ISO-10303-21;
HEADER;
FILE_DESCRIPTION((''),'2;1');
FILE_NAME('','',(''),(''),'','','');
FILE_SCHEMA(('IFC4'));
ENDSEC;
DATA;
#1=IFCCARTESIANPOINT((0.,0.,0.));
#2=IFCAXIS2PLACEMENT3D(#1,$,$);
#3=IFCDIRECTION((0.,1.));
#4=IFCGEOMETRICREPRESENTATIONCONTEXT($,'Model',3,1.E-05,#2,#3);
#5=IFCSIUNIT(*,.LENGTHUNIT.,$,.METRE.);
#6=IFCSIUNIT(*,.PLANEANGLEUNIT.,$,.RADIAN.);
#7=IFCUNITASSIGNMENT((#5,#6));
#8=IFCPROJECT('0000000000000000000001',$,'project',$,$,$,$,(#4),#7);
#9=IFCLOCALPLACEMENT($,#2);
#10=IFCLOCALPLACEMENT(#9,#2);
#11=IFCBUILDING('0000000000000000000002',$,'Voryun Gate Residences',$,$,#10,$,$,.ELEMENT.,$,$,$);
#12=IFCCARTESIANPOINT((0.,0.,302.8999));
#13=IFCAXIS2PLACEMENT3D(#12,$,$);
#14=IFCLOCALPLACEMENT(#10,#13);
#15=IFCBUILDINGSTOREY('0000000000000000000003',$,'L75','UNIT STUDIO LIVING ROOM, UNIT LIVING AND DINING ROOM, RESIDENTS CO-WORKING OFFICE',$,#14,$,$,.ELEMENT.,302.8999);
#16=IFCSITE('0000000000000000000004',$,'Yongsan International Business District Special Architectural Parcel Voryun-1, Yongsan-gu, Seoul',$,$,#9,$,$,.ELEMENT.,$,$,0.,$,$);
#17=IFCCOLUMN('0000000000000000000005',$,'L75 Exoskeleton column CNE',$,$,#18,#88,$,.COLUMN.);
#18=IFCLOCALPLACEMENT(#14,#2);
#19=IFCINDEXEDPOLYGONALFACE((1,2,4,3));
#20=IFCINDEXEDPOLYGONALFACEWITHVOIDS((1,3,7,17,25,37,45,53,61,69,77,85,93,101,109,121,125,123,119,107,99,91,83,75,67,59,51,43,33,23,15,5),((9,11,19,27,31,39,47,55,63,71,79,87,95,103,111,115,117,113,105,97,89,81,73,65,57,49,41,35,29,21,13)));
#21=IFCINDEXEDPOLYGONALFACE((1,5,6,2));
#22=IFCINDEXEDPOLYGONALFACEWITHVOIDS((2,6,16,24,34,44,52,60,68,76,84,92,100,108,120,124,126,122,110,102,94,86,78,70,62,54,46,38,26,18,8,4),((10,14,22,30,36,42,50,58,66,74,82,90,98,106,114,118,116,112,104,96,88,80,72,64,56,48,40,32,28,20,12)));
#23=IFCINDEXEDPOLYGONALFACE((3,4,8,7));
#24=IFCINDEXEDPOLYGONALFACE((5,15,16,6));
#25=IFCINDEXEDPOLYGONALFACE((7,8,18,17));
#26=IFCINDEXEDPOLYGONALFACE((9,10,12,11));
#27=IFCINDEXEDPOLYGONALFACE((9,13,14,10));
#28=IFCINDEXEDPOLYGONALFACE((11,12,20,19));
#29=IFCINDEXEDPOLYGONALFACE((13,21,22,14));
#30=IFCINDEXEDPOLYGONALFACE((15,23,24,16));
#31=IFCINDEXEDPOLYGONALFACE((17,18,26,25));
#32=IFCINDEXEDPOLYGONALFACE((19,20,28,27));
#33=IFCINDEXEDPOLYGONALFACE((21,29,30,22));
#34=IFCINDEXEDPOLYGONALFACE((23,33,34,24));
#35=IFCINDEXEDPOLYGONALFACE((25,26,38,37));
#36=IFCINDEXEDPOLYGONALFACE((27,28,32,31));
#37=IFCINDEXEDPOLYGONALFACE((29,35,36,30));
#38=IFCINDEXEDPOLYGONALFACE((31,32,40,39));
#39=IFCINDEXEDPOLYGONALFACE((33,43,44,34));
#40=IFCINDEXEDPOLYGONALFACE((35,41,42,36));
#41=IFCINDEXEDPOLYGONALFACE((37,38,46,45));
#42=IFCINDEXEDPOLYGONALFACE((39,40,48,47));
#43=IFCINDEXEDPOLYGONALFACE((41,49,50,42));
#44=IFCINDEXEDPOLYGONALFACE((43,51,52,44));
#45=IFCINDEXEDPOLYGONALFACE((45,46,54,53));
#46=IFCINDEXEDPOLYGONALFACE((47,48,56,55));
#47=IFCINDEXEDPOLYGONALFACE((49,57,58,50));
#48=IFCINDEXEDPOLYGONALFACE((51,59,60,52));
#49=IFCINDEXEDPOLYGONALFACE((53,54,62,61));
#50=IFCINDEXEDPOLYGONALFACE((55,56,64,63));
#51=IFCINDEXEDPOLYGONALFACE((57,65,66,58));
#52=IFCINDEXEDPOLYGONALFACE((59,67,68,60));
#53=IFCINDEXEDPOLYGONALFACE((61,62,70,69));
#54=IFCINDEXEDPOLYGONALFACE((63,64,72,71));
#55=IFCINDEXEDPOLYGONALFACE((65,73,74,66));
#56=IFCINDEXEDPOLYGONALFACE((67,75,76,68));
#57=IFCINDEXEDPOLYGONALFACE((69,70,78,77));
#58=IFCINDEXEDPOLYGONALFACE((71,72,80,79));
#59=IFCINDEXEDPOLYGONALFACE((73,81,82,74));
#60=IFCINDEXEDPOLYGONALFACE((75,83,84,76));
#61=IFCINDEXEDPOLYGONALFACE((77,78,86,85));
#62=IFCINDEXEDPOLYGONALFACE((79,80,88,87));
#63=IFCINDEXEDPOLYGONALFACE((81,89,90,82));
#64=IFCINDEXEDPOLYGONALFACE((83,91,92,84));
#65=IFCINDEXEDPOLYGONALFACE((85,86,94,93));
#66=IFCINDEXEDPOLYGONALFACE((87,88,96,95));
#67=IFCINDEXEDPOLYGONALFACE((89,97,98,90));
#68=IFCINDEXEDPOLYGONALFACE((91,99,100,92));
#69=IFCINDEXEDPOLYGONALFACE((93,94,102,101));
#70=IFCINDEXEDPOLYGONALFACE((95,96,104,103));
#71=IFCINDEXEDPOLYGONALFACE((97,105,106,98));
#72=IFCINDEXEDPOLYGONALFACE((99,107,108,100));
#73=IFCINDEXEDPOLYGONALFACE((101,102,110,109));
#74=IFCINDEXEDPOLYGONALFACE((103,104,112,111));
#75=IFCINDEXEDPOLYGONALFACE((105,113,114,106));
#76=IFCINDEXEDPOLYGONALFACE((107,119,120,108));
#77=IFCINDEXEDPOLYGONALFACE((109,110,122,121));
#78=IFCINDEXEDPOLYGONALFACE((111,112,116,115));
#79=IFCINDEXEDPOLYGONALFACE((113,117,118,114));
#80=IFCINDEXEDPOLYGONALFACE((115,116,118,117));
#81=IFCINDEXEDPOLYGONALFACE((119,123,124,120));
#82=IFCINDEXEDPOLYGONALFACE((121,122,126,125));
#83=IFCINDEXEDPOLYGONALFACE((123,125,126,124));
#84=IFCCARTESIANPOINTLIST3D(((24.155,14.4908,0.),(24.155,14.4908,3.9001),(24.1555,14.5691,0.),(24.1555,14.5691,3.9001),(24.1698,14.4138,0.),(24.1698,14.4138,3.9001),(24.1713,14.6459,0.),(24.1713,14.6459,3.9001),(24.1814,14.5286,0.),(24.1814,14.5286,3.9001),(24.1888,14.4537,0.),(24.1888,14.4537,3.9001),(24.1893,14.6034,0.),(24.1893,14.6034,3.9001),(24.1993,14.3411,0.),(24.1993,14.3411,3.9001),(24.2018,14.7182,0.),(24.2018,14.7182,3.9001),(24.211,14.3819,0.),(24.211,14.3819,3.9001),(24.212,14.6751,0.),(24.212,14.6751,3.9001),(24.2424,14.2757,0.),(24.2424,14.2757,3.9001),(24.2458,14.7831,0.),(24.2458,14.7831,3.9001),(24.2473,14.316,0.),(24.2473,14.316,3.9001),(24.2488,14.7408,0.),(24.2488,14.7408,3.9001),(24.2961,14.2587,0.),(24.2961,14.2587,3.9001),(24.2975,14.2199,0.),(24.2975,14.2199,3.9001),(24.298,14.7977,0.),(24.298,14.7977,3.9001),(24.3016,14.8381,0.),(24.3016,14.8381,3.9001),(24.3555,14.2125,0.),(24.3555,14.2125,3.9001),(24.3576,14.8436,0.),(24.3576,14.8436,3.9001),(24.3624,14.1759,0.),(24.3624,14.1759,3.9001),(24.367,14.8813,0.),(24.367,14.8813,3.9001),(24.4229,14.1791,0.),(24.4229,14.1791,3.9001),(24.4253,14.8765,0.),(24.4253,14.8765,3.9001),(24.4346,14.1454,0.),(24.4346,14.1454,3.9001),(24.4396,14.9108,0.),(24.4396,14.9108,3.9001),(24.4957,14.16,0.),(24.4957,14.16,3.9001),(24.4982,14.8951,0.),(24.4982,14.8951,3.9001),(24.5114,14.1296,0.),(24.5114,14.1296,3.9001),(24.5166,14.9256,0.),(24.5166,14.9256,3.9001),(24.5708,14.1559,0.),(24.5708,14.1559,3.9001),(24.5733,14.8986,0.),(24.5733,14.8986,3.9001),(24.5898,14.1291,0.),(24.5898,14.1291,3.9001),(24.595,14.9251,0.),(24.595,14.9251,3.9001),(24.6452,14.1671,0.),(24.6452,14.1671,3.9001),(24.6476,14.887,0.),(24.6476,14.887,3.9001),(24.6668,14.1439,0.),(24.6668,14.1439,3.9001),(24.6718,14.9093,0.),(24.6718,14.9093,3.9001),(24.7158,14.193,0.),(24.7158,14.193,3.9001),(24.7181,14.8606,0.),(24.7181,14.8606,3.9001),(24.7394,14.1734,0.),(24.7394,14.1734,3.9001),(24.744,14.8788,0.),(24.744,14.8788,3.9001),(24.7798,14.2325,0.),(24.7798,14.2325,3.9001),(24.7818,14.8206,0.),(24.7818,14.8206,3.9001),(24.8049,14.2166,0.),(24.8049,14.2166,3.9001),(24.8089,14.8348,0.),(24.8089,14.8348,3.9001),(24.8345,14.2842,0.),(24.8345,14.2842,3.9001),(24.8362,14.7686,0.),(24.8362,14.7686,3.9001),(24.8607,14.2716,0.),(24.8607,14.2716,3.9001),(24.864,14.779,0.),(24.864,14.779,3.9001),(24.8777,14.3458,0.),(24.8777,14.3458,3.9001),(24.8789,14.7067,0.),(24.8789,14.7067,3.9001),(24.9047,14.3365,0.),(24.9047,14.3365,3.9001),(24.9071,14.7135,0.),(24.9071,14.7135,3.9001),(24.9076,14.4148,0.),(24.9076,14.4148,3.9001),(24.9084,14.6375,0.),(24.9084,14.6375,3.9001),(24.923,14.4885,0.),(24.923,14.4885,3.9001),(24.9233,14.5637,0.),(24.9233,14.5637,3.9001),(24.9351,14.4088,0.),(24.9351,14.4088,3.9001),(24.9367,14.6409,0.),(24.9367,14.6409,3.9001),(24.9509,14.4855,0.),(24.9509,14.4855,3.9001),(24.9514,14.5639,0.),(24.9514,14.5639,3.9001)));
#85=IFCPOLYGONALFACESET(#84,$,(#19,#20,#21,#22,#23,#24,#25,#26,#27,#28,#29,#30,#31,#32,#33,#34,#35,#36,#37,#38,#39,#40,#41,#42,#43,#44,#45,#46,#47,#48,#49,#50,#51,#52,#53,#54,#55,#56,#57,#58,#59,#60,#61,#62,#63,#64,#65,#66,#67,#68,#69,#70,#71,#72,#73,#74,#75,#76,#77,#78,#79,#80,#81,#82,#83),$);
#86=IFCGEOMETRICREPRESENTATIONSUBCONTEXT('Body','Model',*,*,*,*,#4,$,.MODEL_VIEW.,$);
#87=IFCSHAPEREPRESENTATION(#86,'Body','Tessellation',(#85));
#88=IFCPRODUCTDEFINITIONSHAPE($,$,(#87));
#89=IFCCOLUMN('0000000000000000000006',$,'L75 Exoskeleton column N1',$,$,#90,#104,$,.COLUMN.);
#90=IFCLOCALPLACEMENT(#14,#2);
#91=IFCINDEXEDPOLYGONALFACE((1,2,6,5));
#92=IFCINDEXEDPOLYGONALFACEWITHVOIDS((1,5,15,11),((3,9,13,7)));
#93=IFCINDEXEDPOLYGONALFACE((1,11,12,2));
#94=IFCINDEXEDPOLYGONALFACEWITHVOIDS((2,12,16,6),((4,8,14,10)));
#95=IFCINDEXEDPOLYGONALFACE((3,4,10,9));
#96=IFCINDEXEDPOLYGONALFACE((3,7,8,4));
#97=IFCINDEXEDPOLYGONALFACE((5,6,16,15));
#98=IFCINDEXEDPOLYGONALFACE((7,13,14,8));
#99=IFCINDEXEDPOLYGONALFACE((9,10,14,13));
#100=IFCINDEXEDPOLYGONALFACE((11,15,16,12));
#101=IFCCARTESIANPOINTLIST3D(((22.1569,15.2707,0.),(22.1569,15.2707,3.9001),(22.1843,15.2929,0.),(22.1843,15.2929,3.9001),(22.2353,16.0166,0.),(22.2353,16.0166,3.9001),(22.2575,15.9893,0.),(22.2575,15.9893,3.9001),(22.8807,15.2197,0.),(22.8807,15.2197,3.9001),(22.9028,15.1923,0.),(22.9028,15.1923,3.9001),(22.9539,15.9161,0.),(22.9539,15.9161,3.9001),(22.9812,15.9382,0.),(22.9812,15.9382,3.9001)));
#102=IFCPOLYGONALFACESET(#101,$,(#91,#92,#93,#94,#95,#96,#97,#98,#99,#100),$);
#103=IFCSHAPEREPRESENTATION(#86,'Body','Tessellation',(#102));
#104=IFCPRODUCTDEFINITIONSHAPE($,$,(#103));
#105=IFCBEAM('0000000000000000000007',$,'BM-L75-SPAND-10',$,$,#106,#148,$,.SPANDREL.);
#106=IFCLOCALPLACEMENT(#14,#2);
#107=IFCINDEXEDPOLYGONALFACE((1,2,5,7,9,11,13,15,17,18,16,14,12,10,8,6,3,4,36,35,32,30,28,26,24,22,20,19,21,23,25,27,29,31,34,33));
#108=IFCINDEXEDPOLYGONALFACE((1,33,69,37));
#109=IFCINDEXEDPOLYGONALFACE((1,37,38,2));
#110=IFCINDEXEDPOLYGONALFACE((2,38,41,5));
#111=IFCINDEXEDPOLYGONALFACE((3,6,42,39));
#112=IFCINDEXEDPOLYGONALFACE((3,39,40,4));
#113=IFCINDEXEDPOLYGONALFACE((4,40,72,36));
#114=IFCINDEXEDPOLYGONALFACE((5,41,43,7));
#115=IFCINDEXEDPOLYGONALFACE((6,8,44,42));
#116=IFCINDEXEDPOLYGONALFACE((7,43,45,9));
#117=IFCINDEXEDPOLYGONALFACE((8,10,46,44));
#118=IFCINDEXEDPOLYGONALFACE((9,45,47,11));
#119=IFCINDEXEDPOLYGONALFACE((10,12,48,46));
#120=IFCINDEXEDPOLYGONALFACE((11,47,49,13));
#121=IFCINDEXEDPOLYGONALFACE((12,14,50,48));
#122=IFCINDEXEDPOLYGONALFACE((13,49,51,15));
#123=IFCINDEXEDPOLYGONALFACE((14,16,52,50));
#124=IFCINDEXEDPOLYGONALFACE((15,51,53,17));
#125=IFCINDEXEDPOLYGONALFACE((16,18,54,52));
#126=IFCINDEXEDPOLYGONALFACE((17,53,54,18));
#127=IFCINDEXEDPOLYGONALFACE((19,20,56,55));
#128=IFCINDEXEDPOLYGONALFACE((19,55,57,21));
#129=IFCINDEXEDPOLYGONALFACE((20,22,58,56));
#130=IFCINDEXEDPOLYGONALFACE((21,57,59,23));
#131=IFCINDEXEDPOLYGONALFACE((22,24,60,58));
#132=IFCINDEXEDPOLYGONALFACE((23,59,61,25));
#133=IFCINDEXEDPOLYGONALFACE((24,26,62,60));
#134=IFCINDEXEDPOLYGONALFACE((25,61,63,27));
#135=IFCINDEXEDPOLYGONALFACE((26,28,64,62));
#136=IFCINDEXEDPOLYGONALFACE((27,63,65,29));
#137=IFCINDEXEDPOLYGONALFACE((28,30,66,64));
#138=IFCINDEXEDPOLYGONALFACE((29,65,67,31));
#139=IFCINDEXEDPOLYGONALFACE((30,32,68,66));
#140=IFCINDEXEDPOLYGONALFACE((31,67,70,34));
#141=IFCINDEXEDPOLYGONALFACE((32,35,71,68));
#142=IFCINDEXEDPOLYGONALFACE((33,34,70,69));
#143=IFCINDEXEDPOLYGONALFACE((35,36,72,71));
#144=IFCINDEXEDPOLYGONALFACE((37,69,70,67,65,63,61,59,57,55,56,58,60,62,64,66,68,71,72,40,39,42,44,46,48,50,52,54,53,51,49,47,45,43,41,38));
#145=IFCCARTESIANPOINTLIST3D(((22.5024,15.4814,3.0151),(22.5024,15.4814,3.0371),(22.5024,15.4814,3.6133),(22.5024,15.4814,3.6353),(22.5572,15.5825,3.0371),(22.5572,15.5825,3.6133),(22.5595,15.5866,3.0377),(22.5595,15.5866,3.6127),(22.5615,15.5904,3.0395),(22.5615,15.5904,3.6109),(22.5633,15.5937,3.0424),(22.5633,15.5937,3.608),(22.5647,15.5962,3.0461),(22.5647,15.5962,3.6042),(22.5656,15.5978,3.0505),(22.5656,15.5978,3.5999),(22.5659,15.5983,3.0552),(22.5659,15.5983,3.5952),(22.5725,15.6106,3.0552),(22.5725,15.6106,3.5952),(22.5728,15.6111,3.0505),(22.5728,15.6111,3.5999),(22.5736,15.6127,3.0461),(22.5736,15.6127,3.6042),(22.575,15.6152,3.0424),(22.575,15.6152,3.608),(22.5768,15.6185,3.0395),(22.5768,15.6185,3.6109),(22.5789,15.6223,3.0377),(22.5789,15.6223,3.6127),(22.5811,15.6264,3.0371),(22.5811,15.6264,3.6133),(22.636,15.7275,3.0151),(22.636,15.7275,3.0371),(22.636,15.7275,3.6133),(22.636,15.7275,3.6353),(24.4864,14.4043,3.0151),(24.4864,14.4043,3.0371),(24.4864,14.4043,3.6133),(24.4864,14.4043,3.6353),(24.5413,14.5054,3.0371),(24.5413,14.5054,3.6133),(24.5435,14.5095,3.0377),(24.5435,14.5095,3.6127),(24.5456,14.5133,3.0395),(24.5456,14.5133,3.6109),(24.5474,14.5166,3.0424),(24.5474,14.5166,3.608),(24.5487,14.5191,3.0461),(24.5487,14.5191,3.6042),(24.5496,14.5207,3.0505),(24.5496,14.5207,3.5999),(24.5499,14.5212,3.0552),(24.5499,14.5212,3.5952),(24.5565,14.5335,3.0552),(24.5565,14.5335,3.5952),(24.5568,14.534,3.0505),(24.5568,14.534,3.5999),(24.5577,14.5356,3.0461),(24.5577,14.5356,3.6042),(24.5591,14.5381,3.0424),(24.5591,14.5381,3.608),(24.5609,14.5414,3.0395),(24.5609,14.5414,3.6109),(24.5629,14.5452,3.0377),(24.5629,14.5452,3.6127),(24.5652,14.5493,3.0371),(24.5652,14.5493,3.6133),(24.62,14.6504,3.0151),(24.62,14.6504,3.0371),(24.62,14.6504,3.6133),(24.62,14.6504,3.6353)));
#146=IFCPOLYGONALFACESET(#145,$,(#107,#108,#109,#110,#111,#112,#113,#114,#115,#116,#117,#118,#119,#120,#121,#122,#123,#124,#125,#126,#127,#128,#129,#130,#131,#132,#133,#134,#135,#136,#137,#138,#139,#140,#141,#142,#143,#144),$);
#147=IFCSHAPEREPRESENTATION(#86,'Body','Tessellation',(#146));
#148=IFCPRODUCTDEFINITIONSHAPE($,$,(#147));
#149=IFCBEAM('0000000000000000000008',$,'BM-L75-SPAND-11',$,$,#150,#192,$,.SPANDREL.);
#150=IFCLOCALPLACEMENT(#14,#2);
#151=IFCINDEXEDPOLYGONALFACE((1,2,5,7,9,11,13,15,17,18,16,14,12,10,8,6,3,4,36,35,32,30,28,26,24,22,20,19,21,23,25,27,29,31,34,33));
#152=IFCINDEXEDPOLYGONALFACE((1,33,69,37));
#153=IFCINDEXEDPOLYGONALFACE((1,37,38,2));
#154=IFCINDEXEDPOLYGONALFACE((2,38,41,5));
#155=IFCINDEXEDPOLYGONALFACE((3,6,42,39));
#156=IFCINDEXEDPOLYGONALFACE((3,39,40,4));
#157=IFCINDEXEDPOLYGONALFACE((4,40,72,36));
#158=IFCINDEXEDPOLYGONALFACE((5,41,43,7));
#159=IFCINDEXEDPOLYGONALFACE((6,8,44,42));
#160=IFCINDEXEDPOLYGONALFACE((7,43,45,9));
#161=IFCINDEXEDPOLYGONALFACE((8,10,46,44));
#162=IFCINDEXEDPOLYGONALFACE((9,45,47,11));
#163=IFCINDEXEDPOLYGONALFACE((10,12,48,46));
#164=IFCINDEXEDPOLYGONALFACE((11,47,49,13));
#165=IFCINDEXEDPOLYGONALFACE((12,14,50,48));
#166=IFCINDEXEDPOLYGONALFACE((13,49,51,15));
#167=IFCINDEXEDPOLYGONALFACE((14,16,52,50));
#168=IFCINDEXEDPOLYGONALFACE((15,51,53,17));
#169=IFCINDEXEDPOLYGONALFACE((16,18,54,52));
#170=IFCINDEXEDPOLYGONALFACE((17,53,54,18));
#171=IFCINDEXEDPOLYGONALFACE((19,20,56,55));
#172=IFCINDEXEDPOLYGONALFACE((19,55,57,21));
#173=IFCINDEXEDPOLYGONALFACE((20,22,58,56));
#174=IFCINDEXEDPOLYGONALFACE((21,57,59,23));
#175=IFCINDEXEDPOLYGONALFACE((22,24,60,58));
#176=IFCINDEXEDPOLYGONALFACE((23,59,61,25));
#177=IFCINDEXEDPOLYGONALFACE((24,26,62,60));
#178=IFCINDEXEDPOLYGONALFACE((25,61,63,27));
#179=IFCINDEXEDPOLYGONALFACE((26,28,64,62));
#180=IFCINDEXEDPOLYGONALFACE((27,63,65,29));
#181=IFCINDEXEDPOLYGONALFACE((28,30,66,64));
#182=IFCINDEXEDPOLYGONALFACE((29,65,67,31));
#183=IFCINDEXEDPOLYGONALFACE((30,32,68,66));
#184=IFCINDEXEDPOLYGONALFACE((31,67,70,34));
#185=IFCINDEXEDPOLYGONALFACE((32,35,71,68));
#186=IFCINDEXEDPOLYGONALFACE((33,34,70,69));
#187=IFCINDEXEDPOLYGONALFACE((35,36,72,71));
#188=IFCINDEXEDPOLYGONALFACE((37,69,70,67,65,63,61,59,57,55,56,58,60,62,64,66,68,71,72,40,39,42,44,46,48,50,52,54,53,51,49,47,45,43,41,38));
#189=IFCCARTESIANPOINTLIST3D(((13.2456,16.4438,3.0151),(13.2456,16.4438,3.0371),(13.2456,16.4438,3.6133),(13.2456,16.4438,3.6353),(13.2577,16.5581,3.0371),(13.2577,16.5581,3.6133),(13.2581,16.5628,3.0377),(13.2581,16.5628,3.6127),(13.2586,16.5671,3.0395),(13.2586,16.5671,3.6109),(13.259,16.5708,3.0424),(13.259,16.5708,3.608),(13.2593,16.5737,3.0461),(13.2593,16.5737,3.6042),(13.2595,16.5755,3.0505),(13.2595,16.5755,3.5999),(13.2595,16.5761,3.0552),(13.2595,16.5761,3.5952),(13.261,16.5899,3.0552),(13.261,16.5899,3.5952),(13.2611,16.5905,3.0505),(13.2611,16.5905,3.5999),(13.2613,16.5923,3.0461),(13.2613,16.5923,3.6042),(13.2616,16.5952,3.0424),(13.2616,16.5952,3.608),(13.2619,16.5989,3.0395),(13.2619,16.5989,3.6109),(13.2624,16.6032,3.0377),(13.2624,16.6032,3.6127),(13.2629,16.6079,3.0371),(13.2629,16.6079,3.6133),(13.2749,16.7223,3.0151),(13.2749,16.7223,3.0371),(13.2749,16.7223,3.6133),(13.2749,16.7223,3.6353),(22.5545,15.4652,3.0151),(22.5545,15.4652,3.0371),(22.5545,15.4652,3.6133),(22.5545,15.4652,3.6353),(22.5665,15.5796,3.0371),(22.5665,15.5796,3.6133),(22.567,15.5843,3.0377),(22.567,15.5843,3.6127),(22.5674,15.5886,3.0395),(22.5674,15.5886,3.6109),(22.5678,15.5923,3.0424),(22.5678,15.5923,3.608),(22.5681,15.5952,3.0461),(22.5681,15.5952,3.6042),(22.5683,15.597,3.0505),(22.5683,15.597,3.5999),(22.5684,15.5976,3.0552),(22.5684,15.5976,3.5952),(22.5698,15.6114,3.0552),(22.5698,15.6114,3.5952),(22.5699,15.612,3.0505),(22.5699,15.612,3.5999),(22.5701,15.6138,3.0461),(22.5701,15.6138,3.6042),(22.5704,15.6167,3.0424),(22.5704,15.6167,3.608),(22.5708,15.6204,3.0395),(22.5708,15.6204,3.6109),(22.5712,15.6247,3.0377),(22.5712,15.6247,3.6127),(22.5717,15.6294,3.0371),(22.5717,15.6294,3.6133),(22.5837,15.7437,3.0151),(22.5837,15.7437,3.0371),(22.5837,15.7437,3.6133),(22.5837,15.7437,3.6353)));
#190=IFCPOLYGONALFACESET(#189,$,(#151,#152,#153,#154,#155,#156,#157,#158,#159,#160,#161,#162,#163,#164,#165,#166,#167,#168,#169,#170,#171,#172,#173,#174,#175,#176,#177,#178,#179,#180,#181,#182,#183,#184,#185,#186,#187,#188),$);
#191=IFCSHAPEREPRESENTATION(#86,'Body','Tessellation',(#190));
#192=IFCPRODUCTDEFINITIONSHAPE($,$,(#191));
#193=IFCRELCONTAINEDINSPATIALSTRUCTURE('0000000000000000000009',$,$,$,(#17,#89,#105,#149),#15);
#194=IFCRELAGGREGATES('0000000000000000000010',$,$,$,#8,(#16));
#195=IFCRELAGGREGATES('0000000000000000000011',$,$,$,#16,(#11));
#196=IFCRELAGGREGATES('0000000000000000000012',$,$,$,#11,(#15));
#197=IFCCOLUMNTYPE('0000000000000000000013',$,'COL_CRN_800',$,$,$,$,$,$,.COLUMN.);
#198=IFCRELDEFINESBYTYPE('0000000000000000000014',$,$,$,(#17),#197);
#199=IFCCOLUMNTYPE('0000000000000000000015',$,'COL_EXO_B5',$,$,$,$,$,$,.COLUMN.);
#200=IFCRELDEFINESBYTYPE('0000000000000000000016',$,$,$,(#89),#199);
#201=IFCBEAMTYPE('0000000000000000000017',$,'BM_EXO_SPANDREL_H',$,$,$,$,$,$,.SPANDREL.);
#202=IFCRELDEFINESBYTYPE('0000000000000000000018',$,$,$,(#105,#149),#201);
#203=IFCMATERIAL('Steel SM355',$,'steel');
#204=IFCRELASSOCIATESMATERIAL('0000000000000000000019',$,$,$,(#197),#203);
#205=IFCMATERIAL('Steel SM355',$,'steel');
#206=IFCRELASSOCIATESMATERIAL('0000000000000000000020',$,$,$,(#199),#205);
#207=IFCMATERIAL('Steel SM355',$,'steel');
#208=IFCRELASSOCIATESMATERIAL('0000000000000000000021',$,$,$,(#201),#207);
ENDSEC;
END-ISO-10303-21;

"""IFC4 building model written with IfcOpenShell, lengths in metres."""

from ifc_helpers import new_model, si_unit, direction, frame, origin, origin_2d, place, context, subcontext, project, spatial, hollow_rectangle, hollow_circle, i_section, extrude, material, material_profile, profile_set, type_object, element, save


model = new_model("IFC4")

# Units and contexts
model_context = context("Model", 3, precision=1e-05, world=origin(), true_north=direction((0.0, 1.0)))
body_context = subcontext(model_context, "Body", "Model", "MODEL_VIEW")
ifc_project = project(units=[si_unit("LENGTHUNIT", "METRE"), si_unit("PLANEANGLEUNIT", "RADIAN")], contexts=[model_context])

# Site, building, storey
site_placement = place(None, origin())
site = spatial("IfcSite", under=ifc_project, at=site_placement, Name="Yongsan International Business District Special Architectural Parcel Voryun-1, Yongsan-gu, Seoul", CompositionType="ELEMENT", RefElevation=0.0)
building_placement = place(site_placement, origin())
building = spatial("IfcBuilding", under=site, at=building_placement, Name="Voryun Gate Residences", CompositionType="ELEMENT")
storey_placement = place(building_placement, frame((0.0, 0.0, 302.8999)))
storey = spatial("IfcBuildingStorey", under=building, at=storey_placement, Name="L75", Description="UNIT STUDIO LIVING ROOM, UNIT LIVING AND DINING ROOM, RESIDENTS CO-WORKING OFFICE", CompositionType="ELEMENT", Elevation=302.8999)

# Columns
ifc_material_1 = material(Name="Steel SM355", Category="steel")
ifc_material_profile_1 = material_profile(ifc_material_1, hollow_circle(Radius=0.3999, WallThickness=0.0281, at=origin_2d()), Name="CHS-800x28")
ifc_profile_set_1 = profile_set([ifc_material_profile_1], Name="Steel SM355")
column_type_1 = type_object("IfcColumnType", Name="COL_CRN_800", PredefinedType="COLUMN", material=ifc_profile_set_1)
column_1_placement = place(storey_placement, frame((24.5532, 14.5273, 0.0), z_axis=(0.0, 0.0, 1.0), x_axis=(0.994522, -0.104528, 0.0)))
element("IfcColumn", 1, at=column_1_placement, inside=storey, type_object=column_type_1, Name="L75 Exoskeleton column CNE", PredefinedType="COLUMN", context=body_context, shape_type="SweptSolid", body=[
    extrude(hollow_circle(Radius=0.3999, WallThickness=0.0281, at=origin_2d()), origin(), (0.0, 0.0, 1.0), 3.9001),
])
ifc_material_2 = material(Name="Steel SM355", Category="steel")
ifc_material_profile_2 = material_profile(ifc_material_2, hollow_rectangle(XDim=0.75, YDim=0.75, WallThickness=0.0249, at=origin_2d()), Name="BOX-750x750x25")
ifc_profile_set_2 = profile_set([ifc_material_profile_2], Name="Steel SM355")
column_type_2 = type_object("IfcColumnType", Name="COL_EXO_B5", PredefinedType="COLUMN", material=ifc_profile_set_2)
column_2_placement = place(storey_placement, frame((22.5691, 15.6045, 0.0), z_axis=(0.0, 0.0, 1.0), x_axis=(0.994522, -0.104528, 0.0)))
element("IfcColumn", 2, at=column_2_placement, inside=storey, type_object=column_type_2, Name="L75 Exoskeleton column N1", PredefinedType="COLUMN", context=body_context, shape_type="SweptSolid", body=[
    extrude(hollow_rectangle(XDim=0.75, YDim=0.75, WallThickness=0.0249, at=origin_2d()), origin(), (0.0, 0.0, 1.0), 3.9001),
])

# Beams
ifc_material_3 = material(Name="Steel SM355", Category="steel")
ifc_material_profile_3 = material_profile(ifc_material_3, i_section(OverallWidth=0.28, OverallDepth=0.6201, WebThickness=0.0139, FlangeThickness=0.022, FilletRadius=0.0181, at=origin_2d()), Name="H-620x280x14x22")
ifc_profile_set_3 = profile_set([ifc_material_profile_3], Name="Steel SM355")
beam_type_1 = type_object("IfcBeamType", Name="BM_EXO_SPANDREL_H", PredefinedType="SPANDREL", material=ifc_profile_set_3)
beam_1_placement = place(storey_placement, frame((24.5532, 14.5273, 3.3252), z_axis=(-0.878844, 0.477109, 0.0), x_axis=(-0.477109, -0.878844, 0.0)))
element("IfcBeam", 3, at=beam_1_placement, inside=storey, type_object=beam_type_1, Name="BM-L75-SPAND-10", PredefinedType="SPANDREL", context=body_context, shape_type="SweptSolid", body=[
    extrude(i_section(OverallWidth=0.28, OverallDepth=0.6201, WebThickness=0.0139, FlangeThickness=0.022, FilletRadius=0.0181, at=origin_2d()), origin(), (0.0, 0.0, 1.0), 2.2576),
])
beam_2_placement = place(storey_placement, frame((22.5691, 15.6045, 3.3252), z_axis=(-0.994521, 0.104541, 0.0), x_axis=(-0.104541, -0.994521, 0.0)))
element("IfcBeam", 4, at=beam_2_placement, inside=storey, type_object=beam_type_1, Name="BM-L75-SPAND-11", PredefinedType="SPANDREL", context=body_context, shape_type="SweptSolid", body=[
    extrude(i_section(OverallWidth=0.28, OverallDepth=0.6201, WebThickness=0.0139, FlangeThickness=0.022, FilletRadius=0.0181, at=origin_2d()), origin(), (0.0, 0.0, 1.0), 9.3601),
])

save(model, "model.ifc")
